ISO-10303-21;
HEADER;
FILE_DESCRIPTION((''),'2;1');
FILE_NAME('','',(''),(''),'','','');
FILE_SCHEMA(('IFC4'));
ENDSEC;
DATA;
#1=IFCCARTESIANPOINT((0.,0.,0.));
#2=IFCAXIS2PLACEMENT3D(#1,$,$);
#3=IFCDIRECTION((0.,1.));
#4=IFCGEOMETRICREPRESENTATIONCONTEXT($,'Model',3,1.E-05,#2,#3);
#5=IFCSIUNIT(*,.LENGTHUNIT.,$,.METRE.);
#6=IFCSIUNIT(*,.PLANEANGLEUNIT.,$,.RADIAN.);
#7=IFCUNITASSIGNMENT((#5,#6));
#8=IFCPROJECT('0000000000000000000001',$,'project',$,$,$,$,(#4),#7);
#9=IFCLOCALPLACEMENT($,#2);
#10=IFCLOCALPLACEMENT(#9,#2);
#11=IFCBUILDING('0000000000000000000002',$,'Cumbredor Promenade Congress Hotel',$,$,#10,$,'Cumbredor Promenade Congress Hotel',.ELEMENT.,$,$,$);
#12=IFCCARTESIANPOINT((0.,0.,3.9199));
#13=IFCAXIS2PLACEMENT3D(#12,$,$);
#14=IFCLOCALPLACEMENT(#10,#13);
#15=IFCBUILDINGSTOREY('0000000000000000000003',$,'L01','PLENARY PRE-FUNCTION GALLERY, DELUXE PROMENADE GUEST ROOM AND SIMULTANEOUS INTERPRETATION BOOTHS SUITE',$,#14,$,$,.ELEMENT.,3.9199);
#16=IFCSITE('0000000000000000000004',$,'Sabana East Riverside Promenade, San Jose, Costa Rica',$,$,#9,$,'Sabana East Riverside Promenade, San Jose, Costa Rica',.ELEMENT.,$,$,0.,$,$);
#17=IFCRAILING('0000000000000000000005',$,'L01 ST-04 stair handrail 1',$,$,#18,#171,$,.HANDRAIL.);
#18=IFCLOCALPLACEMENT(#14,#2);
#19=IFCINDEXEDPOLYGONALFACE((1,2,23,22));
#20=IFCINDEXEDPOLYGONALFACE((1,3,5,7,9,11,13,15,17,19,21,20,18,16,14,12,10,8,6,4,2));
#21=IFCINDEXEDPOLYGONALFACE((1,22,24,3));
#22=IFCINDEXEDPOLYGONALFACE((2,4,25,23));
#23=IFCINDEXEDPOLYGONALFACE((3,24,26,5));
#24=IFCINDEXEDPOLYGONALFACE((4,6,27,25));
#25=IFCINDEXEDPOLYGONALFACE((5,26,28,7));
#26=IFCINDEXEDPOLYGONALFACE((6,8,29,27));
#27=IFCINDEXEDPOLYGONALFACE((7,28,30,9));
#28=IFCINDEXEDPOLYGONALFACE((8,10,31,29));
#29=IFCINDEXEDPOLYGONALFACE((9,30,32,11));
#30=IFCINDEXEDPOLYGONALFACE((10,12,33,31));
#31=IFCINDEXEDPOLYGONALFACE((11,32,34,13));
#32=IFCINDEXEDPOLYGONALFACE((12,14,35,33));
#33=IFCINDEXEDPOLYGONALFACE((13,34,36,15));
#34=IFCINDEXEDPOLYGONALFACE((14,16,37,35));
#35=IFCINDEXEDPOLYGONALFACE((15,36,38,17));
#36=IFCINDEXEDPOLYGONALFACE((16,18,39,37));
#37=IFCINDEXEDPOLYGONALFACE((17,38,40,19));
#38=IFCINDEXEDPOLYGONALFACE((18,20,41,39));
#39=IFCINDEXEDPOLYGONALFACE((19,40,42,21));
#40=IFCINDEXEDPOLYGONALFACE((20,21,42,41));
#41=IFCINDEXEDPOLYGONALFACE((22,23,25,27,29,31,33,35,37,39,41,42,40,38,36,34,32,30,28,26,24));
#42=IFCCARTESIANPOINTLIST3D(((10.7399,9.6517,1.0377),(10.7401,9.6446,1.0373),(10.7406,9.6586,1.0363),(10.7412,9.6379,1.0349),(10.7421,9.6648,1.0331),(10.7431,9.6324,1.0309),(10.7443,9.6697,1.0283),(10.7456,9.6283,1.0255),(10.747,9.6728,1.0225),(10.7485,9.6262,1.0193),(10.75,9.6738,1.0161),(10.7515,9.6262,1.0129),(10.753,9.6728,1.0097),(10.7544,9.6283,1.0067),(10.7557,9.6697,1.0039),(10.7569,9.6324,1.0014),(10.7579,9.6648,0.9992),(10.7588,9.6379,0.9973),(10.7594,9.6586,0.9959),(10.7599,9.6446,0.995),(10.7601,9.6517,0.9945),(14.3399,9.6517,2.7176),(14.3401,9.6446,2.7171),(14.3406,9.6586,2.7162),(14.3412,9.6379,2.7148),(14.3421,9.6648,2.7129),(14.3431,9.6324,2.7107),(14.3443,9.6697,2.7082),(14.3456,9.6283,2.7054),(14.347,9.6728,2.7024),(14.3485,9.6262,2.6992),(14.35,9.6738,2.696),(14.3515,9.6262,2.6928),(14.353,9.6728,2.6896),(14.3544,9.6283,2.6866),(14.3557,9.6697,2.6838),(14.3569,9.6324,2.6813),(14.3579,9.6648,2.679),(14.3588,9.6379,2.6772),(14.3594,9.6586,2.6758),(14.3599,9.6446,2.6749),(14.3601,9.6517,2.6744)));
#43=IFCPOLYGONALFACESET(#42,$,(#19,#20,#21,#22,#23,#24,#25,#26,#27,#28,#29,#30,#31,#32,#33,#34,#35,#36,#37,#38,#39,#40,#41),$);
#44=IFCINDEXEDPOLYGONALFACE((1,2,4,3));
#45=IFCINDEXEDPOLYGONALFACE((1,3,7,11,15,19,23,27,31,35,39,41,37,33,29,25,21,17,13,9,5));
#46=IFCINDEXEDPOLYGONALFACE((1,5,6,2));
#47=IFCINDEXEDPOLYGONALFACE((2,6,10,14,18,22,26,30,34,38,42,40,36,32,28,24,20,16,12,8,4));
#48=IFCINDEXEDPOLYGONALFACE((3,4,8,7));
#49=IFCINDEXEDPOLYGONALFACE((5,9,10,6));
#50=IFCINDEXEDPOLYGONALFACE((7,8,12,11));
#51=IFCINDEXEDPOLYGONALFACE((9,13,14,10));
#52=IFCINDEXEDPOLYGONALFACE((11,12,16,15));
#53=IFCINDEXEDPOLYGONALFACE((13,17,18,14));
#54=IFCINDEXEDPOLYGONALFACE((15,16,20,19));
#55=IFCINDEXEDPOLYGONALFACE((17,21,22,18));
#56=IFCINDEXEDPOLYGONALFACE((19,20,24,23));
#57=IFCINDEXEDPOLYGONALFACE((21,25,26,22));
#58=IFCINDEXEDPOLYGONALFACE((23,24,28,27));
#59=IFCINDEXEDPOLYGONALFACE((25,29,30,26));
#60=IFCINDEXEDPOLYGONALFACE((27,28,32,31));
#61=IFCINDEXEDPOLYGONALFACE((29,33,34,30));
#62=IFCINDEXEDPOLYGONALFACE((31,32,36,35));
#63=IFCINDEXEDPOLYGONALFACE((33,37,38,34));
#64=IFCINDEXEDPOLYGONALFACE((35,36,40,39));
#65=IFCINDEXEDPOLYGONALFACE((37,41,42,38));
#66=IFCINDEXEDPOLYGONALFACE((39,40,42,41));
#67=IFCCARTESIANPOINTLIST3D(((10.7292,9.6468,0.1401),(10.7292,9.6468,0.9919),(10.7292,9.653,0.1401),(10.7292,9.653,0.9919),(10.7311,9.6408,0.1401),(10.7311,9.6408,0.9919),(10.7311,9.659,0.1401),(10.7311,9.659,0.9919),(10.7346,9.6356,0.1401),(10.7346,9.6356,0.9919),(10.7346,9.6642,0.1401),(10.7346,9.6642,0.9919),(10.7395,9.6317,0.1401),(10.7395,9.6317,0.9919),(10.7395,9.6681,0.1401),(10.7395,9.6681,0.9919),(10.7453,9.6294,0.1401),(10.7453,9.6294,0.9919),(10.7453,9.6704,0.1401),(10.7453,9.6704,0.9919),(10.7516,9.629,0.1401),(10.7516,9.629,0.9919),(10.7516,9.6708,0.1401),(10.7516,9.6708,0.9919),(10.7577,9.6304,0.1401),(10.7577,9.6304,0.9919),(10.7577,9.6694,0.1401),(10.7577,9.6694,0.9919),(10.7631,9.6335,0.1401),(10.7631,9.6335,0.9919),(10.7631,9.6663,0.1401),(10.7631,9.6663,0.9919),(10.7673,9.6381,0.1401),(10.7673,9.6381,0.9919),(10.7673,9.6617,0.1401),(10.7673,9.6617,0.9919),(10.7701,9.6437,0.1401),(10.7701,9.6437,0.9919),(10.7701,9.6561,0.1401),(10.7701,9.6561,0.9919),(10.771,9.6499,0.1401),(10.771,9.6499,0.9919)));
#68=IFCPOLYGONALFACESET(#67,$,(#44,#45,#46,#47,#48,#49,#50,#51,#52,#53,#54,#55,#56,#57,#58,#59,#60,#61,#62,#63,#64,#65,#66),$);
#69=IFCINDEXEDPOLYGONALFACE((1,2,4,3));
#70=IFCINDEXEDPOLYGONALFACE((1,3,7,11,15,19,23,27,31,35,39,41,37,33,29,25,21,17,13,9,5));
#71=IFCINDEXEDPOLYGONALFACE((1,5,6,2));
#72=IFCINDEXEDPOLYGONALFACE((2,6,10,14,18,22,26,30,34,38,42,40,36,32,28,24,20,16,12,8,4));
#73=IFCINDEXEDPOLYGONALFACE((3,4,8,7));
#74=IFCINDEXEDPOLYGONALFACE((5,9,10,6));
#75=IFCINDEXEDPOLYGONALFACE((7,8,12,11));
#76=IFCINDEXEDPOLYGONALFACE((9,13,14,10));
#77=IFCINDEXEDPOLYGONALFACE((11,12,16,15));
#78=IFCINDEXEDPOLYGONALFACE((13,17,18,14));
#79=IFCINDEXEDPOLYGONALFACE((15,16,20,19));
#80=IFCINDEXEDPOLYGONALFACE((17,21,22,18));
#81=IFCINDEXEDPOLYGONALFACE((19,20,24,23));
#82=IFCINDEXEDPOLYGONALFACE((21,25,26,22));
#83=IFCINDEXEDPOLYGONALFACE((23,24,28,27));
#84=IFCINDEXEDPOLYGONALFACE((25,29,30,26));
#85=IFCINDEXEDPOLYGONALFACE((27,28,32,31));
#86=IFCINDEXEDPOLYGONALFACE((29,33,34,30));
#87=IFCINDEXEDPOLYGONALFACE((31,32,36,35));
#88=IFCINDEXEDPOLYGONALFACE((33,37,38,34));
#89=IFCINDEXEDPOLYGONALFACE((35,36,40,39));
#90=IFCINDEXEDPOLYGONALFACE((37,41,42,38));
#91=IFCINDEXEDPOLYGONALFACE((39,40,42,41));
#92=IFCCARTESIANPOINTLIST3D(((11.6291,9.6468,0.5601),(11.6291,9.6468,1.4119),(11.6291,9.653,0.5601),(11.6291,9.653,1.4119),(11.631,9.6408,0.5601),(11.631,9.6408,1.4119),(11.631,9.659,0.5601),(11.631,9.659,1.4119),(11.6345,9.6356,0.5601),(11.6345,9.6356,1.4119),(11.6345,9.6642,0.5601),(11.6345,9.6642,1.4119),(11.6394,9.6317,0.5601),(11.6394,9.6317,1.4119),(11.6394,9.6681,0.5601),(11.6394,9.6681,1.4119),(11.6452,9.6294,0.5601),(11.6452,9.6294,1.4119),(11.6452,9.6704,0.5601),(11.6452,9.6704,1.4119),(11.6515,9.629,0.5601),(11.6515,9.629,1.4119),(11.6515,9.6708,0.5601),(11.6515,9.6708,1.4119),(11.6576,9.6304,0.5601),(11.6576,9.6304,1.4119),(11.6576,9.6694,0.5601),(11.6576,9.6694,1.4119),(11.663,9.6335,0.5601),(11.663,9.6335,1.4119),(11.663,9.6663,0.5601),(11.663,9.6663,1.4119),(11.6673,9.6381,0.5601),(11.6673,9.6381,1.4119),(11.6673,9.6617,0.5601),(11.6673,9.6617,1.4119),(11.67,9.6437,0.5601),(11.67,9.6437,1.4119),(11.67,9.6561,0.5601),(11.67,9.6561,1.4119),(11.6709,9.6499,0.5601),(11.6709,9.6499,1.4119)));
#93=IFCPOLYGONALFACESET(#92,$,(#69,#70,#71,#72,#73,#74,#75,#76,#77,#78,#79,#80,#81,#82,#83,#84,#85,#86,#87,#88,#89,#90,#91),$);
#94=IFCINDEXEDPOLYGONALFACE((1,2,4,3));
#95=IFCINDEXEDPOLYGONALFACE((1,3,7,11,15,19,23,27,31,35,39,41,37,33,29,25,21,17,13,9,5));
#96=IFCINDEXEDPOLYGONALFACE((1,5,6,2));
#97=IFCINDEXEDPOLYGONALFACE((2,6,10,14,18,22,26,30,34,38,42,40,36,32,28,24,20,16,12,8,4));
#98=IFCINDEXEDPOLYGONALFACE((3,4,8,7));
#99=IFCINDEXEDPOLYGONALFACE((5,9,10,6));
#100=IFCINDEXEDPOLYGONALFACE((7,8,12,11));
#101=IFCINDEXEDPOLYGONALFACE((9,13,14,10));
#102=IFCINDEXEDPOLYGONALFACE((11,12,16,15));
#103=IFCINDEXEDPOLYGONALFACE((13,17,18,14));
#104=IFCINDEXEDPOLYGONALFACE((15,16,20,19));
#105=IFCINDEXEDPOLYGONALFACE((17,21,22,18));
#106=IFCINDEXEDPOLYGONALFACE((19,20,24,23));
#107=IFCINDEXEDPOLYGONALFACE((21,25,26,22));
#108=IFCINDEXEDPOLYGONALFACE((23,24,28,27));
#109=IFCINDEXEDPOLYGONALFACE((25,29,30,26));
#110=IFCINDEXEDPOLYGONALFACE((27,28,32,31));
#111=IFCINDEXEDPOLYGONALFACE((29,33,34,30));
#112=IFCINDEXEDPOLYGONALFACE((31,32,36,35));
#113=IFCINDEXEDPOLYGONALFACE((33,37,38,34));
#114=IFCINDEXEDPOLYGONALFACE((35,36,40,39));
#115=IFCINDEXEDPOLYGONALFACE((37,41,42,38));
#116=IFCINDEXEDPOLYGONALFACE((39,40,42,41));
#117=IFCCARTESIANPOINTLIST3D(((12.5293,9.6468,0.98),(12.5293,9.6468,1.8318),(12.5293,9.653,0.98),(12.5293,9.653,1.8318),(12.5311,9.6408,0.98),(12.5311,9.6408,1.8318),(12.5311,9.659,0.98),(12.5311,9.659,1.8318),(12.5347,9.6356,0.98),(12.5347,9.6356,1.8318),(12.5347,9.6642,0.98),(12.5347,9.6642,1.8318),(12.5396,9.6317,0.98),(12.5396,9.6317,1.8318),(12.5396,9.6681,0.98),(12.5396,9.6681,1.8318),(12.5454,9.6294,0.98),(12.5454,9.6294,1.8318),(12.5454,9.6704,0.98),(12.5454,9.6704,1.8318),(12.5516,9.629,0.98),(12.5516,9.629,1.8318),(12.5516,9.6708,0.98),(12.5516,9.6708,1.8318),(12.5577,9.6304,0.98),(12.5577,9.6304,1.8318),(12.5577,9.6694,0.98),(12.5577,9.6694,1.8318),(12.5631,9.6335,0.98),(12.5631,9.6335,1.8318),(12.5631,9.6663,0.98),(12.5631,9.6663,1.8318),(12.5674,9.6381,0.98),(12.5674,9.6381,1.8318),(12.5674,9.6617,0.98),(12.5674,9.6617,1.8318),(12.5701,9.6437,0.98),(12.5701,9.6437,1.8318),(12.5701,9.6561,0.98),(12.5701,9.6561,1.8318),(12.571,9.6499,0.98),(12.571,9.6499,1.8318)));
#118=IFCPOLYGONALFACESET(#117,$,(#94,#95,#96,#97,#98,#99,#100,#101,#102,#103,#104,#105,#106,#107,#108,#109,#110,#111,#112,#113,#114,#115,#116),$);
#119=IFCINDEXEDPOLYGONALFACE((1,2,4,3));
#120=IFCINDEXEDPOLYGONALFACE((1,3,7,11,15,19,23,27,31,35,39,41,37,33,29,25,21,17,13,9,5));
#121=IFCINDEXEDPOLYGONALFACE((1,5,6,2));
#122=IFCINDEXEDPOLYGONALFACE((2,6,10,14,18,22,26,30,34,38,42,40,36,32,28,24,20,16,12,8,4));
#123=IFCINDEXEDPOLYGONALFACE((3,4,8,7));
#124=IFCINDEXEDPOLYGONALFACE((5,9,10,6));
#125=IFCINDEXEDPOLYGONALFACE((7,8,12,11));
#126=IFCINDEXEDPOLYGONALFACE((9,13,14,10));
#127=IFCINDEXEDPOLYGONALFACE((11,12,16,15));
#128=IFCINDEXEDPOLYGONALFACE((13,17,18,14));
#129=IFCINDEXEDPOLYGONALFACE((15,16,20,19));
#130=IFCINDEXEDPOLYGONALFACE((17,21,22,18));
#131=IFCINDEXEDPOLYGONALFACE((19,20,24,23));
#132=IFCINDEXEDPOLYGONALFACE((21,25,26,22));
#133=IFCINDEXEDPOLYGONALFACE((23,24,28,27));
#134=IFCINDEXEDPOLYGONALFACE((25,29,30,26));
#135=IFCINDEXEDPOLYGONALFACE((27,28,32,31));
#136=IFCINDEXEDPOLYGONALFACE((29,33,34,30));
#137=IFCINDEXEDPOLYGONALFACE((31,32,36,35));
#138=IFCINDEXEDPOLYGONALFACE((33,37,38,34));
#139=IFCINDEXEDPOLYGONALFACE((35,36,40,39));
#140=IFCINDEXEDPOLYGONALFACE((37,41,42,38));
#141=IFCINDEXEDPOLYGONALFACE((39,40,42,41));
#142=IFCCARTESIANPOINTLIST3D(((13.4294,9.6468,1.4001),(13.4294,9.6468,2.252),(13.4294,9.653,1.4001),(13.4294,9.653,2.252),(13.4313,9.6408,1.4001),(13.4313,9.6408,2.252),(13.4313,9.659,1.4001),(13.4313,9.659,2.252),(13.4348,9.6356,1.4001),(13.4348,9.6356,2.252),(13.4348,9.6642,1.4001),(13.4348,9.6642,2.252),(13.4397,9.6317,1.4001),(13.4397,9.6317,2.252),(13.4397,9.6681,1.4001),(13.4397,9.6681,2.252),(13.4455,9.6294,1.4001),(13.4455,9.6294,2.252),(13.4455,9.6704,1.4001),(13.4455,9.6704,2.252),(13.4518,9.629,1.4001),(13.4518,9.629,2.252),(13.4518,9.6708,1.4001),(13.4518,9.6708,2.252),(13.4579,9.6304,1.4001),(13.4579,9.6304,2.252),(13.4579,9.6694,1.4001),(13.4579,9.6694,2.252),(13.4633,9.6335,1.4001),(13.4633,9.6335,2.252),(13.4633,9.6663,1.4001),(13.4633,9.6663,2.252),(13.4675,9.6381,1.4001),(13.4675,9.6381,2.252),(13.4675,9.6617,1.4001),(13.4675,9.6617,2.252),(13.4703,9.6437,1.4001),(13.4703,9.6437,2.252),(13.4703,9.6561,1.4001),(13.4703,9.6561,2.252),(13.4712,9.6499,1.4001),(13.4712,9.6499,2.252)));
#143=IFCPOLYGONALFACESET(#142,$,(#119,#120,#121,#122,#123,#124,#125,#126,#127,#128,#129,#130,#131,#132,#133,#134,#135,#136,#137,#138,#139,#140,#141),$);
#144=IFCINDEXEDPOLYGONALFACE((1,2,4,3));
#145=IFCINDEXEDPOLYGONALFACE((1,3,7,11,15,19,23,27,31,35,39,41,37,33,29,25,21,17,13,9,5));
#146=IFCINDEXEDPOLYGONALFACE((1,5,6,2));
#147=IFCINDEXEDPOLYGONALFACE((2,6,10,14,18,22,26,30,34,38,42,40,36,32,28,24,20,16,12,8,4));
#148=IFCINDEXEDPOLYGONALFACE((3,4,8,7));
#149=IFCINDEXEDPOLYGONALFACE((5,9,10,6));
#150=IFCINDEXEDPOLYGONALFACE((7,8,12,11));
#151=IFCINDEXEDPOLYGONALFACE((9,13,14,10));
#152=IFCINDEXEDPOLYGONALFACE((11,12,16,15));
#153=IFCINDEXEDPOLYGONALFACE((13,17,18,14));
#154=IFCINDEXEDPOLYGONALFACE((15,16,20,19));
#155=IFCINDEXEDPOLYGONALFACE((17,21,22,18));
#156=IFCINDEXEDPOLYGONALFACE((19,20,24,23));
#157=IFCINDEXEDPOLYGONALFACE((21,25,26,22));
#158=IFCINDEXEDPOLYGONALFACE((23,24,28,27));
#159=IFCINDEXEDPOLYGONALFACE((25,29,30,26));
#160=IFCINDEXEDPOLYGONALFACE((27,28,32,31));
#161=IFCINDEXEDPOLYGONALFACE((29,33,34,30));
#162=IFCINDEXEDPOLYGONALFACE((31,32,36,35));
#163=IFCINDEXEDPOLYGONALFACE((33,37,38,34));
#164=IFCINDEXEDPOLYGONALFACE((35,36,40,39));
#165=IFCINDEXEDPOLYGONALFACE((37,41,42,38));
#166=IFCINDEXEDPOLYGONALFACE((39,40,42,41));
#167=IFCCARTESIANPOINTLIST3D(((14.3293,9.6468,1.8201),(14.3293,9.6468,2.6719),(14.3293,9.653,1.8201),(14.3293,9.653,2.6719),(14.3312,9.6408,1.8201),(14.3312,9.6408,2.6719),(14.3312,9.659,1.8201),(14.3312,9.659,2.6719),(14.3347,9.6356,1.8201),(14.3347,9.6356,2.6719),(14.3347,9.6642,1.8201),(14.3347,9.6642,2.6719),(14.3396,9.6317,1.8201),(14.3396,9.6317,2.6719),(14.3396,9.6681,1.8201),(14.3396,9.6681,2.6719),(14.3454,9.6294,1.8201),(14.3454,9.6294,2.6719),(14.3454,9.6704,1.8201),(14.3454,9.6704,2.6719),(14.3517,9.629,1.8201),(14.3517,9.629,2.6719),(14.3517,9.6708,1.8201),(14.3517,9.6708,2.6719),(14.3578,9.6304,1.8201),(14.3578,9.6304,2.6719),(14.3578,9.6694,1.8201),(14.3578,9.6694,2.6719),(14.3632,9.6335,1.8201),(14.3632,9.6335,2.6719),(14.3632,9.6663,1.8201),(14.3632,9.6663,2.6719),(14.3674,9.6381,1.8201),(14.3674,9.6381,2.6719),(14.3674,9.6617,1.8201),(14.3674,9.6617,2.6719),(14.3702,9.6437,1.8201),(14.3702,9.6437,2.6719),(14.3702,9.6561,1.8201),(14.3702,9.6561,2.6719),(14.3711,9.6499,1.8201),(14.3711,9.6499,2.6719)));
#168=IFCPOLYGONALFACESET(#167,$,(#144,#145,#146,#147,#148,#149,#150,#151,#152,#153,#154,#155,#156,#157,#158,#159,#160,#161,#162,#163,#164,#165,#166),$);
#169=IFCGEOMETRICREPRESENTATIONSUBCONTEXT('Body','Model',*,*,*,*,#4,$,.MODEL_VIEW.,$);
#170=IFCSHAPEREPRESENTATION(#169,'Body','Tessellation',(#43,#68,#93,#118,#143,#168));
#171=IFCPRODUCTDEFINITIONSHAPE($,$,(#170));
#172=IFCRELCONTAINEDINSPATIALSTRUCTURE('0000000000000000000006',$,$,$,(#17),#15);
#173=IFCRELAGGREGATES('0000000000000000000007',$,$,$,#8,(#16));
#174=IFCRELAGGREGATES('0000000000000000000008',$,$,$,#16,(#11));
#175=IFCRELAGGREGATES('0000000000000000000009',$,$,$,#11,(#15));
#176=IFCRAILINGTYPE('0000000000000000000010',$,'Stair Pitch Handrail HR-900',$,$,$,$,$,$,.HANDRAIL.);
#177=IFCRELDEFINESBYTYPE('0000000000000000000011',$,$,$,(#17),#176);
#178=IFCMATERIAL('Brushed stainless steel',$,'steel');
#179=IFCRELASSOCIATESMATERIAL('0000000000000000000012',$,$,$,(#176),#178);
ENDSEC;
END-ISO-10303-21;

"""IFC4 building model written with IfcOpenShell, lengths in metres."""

from ifc_helpers import new_model, si_unit, direction, frame, origin, origin_2d, place, context, subcontext, project, spatial, circle, extrude, material, type_object, element, save


model = new_model("IFC4")

# Units and contexts
model_context = context("Model", 3, precision=1e-05, world=origin(), true_north=direction((0.0, 1.0)))
body_context = subcontext(model_context, "Body", "Model", "MODEL_VIEW")
ifc_project = project(units=[si_unit("LENGTHUNIT", "METRE"), si_unit("PLANEANGLEUNIT", "RADIAN")], contexts=[model_context])

# Site, building, storey
site_placement = place(None, origin())
site = spatial("IfcSite", under=ifc_project, at=site_placement, Name="Sabana East Riverside Promenade, San Jose, Costa Rica", LongName="Sabana East Riverside Promenade, San Jose, Costa Rica", CompositionType="ELEMENT", RefElevation=0.0)
building_placement = place(site_placement, origin())
building = spatial("IfcBuilding", under=site, at=building_placement, Name="Cumbredor Promenade Congress Hotel", LongName="Cumbredor Promenade Congress Hotel", CompositionType="ELEMENT")
storey_placement = place(building_placement, frame((0.0, 0.0, 3.9199)))
storey = spatial("IfcBuildingStorey", under=building, at=storey_placement, Name="L01", Description="PLENARY PRE-FUNCTION GALLERY, DELUXE PROMENADE GUEST ROOM AND SIMULTANEOUS INTERPRETATION BOOTHS SUITE", CompositionType="ELEMENT", Elevation=3.9199)

# Railing
ifc_material_1 = material(Name="Brushed stainless steel", Category="steel")
railing_type = type_object("IfcRailingType", Name="Stair Pitch Handrail HR-900", PredefinedType="HANDRAIL", material=ifc_material_1)
railing_placement = place(storey_placement, frame((10.75, 9.6499, 0.1401)))
element("IfcRailing", 1, at=railing_placement, inside=storey, type_object=railing_type, Name="L01 ST-04 stair handrail 1", PredefinedType="HANDRAIL", context=body_context, shape_type="SweptSolid", body=[
    extrude(circle(Radius=0.0239, at=origin_2d()), frame((0.0, 0.0, 0.876), z_axis=(0.906194, 0.0, 0.422862), x_axis=(0.0, 1.0, 0.0)), (0.0, 0.0, 1.0), 3.9727),
    extrude(circle(Radius=0.021, at=origin_2d()), origin(), (0.0, 0.0, 1.0), 0.8518),
    extrude(circle(Radius=0.021, at=origin_2d()), frame((0.8999, 0.0, 0.4199)), (0.0, 0.0, 1.0), 0.8518),
    extrude(circle(Radius=0.021, at=origin_2d()), frame((1.8, 0.0, 0.8398)), (0.0, 0.0, 1.0), 0.8518),
    extrude(circle(Radius=0.021, at=origin_2d()), frame((2.7002, 0.0, 1.26)), (0.0, 0.0, 1.0), 0.8518),
    extrude(circle(Radius=0.021, at=origin_2d()), frame((3.6001, 0.0, 1.6799)), (0.0, 0.0, 1.0), 0.8518),
])

save(model, "model.ifc")
